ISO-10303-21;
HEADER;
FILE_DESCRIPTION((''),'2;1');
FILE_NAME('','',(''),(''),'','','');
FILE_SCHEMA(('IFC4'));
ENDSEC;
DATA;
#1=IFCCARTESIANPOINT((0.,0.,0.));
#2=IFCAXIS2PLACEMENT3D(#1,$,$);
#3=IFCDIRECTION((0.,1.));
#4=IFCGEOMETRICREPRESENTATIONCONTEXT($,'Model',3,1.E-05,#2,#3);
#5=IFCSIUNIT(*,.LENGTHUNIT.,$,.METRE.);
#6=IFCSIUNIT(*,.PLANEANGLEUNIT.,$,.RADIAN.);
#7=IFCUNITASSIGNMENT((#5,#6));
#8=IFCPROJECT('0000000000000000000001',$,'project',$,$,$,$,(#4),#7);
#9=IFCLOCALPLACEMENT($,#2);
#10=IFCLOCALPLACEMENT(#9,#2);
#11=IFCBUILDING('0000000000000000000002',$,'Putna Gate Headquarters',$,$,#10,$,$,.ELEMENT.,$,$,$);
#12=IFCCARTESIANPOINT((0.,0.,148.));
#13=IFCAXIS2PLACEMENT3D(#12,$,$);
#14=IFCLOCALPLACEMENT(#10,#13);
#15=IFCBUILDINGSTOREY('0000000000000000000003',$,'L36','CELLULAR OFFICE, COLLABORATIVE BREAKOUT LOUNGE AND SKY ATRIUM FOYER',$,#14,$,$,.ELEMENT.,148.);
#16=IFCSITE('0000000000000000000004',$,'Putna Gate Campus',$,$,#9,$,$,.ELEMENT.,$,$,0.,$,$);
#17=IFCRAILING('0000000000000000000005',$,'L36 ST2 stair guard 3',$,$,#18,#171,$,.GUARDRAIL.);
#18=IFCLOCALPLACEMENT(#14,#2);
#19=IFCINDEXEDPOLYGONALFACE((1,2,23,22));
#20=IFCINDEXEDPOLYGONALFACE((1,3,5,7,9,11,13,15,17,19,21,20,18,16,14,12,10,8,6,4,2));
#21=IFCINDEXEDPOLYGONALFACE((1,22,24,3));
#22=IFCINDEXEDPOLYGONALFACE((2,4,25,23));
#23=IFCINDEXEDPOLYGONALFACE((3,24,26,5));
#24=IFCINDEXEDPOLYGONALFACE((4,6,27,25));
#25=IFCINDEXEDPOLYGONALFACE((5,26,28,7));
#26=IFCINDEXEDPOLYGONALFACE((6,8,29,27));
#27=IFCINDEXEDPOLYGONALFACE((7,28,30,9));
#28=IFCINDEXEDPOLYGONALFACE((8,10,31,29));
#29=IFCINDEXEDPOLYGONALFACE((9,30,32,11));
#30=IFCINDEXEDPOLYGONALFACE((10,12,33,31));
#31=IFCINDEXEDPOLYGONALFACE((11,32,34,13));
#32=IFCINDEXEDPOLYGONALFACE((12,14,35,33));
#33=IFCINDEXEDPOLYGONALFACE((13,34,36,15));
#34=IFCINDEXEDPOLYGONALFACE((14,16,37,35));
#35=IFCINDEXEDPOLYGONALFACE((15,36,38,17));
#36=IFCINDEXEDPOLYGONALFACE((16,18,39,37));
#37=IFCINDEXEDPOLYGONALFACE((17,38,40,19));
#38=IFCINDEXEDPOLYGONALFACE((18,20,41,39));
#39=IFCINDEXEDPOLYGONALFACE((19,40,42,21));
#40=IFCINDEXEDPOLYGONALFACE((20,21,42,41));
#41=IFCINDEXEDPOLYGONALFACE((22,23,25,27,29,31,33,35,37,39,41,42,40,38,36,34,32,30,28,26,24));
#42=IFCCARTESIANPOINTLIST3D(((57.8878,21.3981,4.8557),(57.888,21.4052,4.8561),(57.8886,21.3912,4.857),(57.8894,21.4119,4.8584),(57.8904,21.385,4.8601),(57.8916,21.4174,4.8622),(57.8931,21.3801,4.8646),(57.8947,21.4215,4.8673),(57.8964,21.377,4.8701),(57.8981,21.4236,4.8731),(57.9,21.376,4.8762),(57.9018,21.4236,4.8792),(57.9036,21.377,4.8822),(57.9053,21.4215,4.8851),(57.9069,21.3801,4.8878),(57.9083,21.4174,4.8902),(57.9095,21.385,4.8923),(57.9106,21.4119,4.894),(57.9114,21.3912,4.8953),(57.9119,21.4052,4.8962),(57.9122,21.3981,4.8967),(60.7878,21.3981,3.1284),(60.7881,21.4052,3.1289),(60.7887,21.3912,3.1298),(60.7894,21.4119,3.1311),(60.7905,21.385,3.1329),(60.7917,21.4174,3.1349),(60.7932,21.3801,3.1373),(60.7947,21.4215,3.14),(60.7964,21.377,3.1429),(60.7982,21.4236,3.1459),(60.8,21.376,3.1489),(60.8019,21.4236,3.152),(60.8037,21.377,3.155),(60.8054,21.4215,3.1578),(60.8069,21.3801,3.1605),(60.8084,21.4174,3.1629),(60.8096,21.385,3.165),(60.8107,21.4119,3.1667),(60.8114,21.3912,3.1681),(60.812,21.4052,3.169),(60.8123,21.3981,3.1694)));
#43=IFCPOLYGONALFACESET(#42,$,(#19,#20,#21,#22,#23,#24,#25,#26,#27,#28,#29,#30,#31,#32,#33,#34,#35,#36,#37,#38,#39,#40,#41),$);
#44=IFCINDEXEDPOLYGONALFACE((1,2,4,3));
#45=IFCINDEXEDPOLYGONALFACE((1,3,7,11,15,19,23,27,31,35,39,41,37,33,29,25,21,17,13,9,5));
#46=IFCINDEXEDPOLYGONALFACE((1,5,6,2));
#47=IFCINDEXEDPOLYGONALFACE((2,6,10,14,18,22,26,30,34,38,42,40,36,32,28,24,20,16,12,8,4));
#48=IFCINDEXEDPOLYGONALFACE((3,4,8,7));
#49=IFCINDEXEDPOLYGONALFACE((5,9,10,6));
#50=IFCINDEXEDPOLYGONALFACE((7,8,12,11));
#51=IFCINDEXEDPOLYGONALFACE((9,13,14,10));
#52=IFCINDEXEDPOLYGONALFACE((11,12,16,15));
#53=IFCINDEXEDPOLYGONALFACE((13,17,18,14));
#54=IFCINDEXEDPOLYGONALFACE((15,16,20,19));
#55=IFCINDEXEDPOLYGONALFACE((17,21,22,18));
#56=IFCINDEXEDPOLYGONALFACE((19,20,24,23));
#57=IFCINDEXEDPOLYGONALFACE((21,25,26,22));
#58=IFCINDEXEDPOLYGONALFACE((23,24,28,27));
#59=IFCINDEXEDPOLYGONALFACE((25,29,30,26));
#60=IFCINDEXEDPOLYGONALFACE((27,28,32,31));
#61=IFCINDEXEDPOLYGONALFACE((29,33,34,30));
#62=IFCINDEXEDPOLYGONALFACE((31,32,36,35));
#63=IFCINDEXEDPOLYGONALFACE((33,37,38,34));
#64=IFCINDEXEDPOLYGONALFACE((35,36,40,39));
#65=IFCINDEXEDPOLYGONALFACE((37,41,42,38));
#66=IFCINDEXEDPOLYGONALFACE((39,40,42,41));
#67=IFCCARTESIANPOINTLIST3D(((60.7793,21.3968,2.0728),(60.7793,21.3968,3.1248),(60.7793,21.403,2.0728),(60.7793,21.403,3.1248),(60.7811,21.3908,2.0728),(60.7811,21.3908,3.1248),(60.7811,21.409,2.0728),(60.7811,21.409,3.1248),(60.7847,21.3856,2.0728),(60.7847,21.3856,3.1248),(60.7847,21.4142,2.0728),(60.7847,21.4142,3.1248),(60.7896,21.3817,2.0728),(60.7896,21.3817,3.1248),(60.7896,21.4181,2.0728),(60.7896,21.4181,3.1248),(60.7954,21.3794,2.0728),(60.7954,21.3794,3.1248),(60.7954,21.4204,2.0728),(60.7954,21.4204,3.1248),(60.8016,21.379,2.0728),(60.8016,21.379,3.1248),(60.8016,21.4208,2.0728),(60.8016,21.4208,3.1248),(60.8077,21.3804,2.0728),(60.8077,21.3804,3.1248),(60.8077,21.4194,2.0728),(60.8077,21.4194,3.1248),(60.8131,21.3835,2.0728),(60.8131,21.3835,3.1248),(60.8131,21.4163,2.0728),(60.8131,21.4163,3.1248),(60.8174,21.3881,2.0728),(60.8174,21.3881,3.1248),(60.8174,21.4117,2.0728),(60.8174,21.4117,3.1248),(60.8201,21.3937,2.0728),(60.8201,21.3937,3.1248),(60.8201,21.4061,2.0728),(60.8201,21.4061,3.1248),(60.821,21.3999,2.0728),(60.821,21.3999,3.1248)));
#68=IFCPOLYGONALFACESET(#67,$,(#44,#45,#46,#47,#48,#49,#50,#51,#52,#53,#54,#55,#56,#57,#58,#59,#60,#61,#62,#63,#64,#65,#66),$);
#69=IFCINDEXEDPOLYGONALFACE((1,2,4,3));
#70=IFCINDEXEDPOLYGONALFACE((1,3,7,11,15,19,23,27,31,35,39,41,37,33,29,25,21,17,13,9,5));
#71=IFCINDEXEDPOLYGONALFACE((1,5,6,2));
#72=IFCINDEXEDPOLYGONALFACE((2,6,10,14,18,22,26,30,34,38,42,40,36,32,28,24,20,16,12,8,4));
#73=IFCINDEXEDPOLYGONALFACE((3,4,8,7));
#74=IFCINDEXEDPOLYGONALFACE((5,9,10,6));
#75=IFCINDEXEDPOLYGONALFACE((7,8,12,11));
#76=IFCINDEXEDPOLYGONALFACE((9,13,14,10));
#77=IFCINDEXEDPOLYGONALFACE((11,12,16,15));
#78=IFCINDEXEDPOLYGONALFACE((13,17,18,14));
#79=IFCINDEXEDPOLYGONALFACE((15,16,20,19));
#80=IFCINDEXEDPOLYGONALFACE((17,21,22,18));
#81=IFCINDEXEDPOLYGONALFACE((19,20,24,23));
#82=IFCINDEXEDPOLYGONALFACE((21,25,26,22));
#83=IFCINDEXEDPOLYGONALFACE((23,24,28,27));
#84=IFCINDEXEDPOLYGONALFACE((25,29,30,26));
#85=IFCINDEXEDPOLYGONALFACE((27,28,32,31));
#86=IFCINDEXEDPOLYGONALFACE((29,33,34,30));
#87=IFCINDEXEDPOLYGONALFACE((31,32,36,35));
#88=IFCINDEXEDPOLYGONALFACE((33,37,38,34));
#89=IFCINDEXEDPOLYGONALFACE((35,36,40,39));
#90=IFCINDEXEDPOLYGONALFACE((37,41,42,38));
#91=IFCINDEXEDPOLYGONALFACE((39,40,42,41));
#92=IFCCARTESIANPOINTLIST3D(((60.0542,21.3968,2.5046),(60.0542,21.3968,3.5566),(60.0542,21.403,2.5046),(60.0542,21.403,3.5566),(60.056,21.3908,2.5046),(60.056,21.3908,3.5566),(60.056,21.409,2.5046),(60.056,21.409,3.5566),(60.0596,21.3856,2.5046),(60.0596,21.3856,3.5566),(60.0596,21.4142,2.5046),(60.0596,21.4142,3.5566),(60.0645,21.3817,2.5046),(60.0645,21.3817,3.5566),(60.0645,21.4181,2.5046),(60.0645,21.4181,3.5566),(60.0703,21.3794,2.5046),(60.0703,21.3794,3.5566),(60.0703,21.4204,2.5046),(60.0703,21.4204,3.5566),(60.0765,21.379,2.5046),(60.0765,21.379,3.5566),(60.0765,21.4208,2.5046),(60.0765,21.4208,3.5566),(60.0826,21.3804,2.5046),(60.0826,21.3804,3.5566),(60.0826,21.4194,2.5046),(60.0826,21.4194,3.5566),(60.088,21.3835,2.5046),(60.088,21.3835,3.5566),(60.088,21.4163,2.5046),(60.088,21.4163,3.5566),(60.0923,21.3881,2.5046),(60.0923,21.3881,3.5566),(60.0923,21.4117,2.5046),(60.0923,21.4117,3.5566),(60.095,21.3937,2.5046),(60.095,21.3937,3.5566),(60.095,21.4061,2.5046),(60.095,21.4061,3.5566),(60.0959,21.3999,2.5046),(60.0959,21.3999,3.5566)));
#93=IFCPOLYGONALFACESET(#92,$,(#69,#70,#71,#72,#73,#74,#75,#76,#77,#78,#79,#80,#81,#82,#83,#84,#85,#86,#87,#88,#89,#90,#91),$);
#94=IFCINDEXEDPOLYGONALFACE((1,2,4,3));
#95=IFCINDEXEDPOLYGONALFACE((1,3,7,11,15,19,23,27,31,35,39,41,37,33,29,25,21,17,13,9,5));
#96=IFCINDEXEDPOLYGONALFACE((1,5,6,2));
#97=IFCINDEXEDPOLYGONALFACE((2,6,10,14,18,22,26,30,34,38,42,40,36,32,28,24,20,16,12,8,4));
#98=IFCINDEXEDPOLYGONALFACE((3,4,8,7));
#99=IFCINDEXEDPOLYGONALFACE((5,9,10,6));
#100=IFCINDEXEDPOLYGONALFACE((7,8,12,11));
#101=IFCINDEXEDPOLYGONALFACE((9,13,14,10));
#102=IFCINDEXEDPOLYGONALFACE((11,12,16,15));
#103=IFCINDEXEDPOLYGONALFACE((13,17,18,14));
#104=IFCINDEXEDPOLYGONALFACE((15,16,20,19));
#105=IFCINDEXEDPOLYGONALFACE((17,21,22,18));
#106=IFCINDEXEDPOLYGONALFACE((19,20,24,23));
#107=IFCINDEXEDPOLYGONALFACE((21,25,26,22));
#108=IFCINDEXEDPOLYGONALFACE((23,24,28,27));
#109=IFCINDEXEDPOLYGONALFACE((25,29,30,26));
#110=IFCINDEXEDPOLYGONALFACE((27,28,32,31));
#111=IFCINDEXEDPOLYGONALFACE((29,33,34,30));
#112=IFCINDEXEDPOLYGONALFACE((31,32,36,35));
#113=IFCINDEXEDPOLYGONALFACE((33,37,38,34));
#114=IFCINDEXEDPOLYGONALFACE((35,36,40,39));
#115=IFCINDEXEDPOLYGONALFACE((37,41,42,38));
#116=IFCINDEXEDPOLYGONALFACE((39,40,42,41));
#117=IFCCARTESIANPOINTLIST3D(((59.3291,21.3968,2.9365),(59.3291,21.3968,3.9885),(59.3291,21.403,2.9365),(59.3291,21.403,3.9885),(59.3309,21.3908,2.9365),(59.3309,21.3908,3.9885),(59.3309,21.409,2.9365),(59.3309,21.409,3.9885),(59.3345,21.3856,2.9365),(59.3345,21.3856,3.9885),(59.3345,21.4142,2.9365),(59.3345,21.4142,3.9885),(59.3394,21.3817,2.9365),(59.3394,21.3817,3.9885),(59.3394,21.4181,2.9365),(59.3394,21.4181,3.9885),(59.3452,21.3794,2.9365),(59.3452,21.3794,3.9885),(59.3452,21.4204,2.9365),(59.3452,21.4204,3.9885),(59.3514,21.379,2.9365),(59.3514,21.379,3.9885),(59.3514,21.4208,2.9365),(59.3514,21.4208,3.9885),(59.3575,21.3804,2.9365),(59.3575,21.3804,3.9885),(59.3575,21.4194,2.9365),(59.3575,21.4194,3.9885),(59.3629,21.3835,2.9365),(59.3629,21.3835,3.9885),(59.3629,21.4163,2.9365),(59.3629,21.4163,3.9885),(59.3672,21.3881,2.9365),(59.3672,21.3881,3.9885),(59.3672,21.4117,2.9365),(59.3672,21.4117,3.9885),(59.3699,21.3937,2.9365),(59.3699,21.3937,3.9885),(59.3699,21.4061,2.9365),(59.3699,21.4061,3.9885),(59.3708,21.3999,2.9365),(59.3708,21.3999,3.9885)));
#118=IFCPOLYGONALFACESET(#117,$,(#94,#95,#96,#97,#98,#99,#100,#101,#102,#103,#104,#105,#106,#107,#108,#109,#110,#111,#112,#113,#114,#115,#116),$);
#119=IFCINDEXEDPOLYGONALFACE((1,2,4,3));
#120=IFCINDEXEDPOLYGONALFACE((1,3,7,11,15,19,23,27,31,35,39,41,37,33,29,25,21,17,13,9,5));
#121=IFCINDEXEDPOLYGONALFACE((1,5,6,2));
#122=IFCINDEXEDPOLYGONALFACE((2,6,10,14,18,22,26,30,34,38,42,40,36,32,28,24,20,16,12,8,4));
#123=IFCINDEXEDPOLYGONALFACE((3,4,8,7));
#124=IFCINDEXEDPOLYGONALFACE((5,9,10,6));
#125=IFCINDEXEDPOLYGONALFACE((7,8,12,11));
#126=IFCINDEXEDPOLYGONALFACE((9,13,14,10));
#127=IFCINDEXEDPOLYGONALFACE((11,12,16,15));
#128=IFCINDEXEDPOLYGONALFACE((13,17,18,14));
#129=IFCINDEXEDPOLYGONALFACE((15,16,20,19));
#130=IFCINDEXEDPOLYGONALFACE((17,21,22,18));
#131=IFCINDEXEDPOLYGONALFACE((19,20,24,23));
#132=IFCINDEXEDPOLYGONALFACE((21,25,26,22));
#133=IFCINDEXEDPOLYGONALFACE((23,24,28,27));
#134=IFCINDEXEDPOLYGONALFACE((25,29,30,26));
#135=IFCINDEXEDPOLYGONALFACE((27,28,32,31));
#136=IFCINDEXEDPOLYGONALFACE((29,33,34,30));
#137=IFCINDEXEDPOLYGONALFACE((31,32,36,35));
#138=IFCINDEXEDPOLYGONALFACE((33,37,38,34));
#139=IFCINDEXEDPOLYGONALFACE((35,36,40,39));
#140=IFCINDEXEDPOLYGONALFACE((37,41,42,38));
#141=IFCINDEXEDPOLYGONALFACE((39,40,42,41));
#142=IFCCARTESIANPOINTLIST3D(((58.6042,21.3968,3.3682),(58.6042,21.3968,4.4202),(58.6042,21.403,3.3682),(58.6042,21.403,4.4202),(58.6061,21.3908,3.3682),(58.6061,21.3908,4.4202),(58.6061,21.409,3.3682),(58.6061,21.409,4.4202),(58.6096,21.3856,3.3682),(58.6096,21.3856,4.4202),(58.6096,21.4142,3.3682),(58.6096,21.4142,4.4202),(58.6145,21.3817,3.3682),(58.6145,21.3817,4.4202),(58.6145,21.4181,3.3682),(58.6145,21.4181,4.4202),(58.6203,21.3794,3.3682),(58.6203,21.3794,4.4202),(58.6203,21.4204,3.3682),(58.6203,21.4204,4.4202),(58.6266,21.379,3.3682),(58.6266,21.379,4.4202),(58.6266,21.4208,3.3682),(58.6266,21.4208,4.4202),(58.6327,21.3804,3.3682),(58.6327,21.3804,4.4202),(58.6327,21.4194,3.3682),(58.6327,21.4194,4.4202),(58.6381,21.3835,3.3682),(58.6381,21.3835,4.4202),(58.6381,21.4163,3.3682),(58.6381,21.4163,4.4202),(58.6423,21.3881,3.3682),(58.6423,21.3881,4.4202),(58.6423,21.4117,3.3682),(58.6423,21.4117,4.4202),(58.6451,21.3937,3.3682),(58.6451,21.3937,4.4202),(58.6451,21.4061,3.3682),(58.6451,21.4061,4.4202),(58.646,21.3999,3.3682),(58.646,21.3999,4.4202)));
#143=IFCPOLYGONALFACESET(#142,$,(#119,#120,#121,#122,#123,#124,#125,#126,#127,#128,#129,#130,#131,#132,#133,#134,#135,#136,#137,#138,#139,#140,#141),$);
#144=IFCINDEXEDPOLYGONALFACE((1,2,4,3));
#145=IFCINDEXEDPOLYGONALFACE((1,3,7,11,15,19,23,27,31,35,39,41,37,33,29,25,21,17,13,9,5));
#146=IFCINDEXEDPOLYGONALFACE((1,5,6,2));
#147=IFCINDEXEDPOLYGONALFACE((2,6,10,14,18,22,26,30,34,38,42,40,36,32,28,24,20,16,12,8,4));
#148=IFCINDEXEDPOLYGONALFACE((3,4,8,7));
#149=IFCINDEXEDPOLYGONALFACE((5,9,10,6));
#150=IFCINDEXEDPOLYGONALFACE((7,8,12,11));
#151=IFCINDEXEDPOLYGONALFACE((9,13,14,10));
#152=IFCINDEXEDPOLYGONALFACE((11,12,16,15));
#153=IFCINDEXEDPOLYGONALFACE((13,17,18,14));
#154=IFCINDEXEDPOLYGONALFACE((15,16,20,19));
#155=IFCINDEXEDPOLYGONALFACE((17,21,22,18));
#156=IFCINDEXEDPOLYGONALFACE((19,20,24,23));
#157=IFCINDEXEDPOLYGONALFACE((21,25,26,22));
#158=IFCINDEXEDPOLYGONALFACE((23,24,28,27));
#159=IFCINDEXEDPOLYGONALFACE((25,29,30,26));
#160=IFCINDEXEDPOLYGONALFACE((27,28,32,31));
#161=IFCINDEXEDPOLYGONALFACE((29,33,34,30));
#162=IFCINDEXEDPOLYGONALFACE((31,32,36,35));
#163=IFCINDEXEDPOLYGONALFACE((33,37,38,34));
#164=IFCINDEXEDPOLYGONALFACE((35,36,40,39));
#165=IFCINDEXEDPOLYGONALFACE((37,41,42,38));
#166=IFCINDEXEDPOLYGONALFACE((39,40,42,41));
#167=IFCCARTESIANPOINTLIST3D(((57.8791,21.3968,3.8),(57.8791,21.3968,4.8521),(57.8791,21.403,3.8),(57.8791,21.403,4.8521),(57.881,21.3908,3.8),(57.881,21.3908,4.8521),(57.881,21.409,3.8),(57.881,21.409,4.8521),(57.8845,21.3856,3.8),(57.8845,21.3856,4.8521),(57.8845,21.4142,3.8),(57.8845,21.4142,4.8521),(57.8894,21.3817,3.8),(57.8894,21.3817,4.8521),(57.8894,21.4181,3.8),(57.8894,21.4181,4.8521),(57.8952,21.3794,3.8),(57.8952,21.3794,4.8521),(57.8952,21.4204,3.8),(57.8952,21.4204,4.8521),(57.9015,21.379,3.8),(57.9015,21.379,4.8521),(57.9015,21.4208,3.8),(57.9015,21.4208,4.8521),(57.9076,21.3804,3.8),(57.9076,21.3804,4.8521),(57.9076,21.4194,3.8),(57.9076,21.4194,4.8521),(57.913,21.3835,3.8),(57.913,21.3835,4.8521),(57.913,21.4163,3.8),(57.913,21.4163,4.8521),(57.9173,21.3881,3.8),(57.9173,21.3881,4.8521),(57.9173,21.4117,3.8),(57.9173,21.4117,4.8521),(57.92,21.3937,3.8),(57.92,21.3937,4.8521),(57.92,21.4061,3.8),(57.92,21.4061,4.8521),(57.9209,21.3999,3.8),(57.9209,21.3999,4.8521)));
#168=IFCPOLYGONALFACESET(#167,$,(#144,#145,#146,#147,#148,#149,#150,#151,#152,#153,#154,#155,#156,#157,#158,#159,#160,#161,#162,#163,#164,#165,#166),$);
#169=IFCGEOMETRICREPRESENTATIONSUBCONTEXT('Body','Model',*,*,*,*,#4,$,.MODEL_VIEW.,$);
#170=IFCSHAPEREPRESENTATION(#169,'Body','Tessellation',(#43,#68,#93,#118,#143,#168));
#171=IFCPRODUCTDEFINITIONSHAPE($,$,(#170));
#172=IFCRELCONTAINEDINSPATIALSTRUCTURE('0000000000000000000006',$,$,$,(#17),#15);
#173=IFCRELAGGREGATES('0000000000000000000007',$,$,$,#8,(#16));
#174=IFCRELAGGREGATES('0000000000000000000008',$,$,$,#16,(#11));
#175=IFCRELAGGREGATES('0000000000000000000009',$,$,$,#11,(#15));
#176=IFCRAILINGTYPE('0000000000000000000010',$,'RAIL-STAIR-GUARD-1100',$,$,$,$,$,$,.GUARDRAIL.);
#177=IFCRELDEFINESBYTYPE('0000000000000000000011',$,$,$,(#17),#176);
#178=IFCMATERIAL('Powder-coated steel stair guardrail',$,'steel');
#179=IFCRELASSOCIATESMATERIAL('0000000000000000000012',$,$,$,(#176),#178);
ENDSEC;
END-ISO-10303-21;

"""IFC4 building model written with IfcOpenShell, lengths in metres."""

from ifc_helpers import new_model, si_unit, direction, frame, origin, origin_2d, place, context, subcontext, project, spatial, circle, extrude, material, type_object, element, save


model = new_model("IFC4")

# Units and contexts
model_context = context("Model", 3, precision=1e-05, world=origin(), true_north=direction((0.0, 1.0)))
body_context = subcontext(model_context, "Body", "Model", "MODEL_VIEW")
ifc_project = project(units=[si_unit("LENGTHUNIT", "METRE"), si_unit("PLANEANGLEUNIT", "RADIAN")], contexts=[model_context])

# Site, building, storey
site_placement = place(None, origin())
site = spatial("IfcSite", under=ifc_project, at=site_placement, Name="Putna Gate Campus", CompositionType="ELEMENT", RefElevation=0.0)
building_placement = place(site_placement, origin())
building = spatial("IfcBuilding", under=site, at=building_placement, Name="Putna Gate Headquarters", CompositionType="ELEMENT")
storey_placement = place(building_placement, frame((0.0, 0.0, 148.0)))
storey = spatial("IfcBuildingStorey", under=building, at=storey_placement, Name="L36", Description="CELLULAR OFFICE, COLLABORATIVE BREAKOUT LOUNGE AND SKY ATRIUM FOYER", CompositionType="ELEMENT", Elevation=148.0)

# Railing
ifc_material_1 = material(Name="Powder-coated steel stair guardrail", Category="steel")
railing_type_1 = type_object("IfcRailingType", Name="RAIL-STAIR-GUARD-1100", PredefinedType="GUARDRAIL", material=ifc_material_1)
railing_1_placement = place(storey_placement, frame((60.8, 21.3999, 2.0728)))
element("IfcRailing", 1, at=railing_1_placement, inside=storey, type_object=railing_type_1, Name="L36 ST2 stair guard 3", PredefinedType="GUARDRAIL", context=body_context, shape_type="SweptSolid", body=[
    extrude(circle(Radius=0.0239, at=origin_2d()), frame((0.0, 0.0, 1.0762), z_axis=(-0.85916, 0.0, 0.511706), x_axis=(0.0, -1.0, 0.0)), (0.0, 0.0, 1.0), 3.3755),
    extrude(circle(Radius=0.021, at=origin_2d()), origin(), (0.0, 0.0, 1.0), 1.052),
    extrude(circle(Radius=0.021, at=origin_2d()), frame((-0.7251, 0.0, 0.4319)), (0.0, 0.0, 1.0), 1.052),
    extrude(circle(Radius=0.021, at=origin_2d()), frame((-1.4502, 0.0, 0.8638)), (0.0, 0.0, 1.0), 1.052),
    extrude(circle(Radius=0.021, at=origin_2d()), frame((-2.175, 0.0, 1.2954)), (0.0, 0.0, 1.0), 1.052),
    extrude(circle(Radius=0.021, at=origin_2d()), frame((-2.9001, 0.0, 1.7273)), (0.0, 0.0, 1.0), 1.052),
])

save(model, "model.ifc")
